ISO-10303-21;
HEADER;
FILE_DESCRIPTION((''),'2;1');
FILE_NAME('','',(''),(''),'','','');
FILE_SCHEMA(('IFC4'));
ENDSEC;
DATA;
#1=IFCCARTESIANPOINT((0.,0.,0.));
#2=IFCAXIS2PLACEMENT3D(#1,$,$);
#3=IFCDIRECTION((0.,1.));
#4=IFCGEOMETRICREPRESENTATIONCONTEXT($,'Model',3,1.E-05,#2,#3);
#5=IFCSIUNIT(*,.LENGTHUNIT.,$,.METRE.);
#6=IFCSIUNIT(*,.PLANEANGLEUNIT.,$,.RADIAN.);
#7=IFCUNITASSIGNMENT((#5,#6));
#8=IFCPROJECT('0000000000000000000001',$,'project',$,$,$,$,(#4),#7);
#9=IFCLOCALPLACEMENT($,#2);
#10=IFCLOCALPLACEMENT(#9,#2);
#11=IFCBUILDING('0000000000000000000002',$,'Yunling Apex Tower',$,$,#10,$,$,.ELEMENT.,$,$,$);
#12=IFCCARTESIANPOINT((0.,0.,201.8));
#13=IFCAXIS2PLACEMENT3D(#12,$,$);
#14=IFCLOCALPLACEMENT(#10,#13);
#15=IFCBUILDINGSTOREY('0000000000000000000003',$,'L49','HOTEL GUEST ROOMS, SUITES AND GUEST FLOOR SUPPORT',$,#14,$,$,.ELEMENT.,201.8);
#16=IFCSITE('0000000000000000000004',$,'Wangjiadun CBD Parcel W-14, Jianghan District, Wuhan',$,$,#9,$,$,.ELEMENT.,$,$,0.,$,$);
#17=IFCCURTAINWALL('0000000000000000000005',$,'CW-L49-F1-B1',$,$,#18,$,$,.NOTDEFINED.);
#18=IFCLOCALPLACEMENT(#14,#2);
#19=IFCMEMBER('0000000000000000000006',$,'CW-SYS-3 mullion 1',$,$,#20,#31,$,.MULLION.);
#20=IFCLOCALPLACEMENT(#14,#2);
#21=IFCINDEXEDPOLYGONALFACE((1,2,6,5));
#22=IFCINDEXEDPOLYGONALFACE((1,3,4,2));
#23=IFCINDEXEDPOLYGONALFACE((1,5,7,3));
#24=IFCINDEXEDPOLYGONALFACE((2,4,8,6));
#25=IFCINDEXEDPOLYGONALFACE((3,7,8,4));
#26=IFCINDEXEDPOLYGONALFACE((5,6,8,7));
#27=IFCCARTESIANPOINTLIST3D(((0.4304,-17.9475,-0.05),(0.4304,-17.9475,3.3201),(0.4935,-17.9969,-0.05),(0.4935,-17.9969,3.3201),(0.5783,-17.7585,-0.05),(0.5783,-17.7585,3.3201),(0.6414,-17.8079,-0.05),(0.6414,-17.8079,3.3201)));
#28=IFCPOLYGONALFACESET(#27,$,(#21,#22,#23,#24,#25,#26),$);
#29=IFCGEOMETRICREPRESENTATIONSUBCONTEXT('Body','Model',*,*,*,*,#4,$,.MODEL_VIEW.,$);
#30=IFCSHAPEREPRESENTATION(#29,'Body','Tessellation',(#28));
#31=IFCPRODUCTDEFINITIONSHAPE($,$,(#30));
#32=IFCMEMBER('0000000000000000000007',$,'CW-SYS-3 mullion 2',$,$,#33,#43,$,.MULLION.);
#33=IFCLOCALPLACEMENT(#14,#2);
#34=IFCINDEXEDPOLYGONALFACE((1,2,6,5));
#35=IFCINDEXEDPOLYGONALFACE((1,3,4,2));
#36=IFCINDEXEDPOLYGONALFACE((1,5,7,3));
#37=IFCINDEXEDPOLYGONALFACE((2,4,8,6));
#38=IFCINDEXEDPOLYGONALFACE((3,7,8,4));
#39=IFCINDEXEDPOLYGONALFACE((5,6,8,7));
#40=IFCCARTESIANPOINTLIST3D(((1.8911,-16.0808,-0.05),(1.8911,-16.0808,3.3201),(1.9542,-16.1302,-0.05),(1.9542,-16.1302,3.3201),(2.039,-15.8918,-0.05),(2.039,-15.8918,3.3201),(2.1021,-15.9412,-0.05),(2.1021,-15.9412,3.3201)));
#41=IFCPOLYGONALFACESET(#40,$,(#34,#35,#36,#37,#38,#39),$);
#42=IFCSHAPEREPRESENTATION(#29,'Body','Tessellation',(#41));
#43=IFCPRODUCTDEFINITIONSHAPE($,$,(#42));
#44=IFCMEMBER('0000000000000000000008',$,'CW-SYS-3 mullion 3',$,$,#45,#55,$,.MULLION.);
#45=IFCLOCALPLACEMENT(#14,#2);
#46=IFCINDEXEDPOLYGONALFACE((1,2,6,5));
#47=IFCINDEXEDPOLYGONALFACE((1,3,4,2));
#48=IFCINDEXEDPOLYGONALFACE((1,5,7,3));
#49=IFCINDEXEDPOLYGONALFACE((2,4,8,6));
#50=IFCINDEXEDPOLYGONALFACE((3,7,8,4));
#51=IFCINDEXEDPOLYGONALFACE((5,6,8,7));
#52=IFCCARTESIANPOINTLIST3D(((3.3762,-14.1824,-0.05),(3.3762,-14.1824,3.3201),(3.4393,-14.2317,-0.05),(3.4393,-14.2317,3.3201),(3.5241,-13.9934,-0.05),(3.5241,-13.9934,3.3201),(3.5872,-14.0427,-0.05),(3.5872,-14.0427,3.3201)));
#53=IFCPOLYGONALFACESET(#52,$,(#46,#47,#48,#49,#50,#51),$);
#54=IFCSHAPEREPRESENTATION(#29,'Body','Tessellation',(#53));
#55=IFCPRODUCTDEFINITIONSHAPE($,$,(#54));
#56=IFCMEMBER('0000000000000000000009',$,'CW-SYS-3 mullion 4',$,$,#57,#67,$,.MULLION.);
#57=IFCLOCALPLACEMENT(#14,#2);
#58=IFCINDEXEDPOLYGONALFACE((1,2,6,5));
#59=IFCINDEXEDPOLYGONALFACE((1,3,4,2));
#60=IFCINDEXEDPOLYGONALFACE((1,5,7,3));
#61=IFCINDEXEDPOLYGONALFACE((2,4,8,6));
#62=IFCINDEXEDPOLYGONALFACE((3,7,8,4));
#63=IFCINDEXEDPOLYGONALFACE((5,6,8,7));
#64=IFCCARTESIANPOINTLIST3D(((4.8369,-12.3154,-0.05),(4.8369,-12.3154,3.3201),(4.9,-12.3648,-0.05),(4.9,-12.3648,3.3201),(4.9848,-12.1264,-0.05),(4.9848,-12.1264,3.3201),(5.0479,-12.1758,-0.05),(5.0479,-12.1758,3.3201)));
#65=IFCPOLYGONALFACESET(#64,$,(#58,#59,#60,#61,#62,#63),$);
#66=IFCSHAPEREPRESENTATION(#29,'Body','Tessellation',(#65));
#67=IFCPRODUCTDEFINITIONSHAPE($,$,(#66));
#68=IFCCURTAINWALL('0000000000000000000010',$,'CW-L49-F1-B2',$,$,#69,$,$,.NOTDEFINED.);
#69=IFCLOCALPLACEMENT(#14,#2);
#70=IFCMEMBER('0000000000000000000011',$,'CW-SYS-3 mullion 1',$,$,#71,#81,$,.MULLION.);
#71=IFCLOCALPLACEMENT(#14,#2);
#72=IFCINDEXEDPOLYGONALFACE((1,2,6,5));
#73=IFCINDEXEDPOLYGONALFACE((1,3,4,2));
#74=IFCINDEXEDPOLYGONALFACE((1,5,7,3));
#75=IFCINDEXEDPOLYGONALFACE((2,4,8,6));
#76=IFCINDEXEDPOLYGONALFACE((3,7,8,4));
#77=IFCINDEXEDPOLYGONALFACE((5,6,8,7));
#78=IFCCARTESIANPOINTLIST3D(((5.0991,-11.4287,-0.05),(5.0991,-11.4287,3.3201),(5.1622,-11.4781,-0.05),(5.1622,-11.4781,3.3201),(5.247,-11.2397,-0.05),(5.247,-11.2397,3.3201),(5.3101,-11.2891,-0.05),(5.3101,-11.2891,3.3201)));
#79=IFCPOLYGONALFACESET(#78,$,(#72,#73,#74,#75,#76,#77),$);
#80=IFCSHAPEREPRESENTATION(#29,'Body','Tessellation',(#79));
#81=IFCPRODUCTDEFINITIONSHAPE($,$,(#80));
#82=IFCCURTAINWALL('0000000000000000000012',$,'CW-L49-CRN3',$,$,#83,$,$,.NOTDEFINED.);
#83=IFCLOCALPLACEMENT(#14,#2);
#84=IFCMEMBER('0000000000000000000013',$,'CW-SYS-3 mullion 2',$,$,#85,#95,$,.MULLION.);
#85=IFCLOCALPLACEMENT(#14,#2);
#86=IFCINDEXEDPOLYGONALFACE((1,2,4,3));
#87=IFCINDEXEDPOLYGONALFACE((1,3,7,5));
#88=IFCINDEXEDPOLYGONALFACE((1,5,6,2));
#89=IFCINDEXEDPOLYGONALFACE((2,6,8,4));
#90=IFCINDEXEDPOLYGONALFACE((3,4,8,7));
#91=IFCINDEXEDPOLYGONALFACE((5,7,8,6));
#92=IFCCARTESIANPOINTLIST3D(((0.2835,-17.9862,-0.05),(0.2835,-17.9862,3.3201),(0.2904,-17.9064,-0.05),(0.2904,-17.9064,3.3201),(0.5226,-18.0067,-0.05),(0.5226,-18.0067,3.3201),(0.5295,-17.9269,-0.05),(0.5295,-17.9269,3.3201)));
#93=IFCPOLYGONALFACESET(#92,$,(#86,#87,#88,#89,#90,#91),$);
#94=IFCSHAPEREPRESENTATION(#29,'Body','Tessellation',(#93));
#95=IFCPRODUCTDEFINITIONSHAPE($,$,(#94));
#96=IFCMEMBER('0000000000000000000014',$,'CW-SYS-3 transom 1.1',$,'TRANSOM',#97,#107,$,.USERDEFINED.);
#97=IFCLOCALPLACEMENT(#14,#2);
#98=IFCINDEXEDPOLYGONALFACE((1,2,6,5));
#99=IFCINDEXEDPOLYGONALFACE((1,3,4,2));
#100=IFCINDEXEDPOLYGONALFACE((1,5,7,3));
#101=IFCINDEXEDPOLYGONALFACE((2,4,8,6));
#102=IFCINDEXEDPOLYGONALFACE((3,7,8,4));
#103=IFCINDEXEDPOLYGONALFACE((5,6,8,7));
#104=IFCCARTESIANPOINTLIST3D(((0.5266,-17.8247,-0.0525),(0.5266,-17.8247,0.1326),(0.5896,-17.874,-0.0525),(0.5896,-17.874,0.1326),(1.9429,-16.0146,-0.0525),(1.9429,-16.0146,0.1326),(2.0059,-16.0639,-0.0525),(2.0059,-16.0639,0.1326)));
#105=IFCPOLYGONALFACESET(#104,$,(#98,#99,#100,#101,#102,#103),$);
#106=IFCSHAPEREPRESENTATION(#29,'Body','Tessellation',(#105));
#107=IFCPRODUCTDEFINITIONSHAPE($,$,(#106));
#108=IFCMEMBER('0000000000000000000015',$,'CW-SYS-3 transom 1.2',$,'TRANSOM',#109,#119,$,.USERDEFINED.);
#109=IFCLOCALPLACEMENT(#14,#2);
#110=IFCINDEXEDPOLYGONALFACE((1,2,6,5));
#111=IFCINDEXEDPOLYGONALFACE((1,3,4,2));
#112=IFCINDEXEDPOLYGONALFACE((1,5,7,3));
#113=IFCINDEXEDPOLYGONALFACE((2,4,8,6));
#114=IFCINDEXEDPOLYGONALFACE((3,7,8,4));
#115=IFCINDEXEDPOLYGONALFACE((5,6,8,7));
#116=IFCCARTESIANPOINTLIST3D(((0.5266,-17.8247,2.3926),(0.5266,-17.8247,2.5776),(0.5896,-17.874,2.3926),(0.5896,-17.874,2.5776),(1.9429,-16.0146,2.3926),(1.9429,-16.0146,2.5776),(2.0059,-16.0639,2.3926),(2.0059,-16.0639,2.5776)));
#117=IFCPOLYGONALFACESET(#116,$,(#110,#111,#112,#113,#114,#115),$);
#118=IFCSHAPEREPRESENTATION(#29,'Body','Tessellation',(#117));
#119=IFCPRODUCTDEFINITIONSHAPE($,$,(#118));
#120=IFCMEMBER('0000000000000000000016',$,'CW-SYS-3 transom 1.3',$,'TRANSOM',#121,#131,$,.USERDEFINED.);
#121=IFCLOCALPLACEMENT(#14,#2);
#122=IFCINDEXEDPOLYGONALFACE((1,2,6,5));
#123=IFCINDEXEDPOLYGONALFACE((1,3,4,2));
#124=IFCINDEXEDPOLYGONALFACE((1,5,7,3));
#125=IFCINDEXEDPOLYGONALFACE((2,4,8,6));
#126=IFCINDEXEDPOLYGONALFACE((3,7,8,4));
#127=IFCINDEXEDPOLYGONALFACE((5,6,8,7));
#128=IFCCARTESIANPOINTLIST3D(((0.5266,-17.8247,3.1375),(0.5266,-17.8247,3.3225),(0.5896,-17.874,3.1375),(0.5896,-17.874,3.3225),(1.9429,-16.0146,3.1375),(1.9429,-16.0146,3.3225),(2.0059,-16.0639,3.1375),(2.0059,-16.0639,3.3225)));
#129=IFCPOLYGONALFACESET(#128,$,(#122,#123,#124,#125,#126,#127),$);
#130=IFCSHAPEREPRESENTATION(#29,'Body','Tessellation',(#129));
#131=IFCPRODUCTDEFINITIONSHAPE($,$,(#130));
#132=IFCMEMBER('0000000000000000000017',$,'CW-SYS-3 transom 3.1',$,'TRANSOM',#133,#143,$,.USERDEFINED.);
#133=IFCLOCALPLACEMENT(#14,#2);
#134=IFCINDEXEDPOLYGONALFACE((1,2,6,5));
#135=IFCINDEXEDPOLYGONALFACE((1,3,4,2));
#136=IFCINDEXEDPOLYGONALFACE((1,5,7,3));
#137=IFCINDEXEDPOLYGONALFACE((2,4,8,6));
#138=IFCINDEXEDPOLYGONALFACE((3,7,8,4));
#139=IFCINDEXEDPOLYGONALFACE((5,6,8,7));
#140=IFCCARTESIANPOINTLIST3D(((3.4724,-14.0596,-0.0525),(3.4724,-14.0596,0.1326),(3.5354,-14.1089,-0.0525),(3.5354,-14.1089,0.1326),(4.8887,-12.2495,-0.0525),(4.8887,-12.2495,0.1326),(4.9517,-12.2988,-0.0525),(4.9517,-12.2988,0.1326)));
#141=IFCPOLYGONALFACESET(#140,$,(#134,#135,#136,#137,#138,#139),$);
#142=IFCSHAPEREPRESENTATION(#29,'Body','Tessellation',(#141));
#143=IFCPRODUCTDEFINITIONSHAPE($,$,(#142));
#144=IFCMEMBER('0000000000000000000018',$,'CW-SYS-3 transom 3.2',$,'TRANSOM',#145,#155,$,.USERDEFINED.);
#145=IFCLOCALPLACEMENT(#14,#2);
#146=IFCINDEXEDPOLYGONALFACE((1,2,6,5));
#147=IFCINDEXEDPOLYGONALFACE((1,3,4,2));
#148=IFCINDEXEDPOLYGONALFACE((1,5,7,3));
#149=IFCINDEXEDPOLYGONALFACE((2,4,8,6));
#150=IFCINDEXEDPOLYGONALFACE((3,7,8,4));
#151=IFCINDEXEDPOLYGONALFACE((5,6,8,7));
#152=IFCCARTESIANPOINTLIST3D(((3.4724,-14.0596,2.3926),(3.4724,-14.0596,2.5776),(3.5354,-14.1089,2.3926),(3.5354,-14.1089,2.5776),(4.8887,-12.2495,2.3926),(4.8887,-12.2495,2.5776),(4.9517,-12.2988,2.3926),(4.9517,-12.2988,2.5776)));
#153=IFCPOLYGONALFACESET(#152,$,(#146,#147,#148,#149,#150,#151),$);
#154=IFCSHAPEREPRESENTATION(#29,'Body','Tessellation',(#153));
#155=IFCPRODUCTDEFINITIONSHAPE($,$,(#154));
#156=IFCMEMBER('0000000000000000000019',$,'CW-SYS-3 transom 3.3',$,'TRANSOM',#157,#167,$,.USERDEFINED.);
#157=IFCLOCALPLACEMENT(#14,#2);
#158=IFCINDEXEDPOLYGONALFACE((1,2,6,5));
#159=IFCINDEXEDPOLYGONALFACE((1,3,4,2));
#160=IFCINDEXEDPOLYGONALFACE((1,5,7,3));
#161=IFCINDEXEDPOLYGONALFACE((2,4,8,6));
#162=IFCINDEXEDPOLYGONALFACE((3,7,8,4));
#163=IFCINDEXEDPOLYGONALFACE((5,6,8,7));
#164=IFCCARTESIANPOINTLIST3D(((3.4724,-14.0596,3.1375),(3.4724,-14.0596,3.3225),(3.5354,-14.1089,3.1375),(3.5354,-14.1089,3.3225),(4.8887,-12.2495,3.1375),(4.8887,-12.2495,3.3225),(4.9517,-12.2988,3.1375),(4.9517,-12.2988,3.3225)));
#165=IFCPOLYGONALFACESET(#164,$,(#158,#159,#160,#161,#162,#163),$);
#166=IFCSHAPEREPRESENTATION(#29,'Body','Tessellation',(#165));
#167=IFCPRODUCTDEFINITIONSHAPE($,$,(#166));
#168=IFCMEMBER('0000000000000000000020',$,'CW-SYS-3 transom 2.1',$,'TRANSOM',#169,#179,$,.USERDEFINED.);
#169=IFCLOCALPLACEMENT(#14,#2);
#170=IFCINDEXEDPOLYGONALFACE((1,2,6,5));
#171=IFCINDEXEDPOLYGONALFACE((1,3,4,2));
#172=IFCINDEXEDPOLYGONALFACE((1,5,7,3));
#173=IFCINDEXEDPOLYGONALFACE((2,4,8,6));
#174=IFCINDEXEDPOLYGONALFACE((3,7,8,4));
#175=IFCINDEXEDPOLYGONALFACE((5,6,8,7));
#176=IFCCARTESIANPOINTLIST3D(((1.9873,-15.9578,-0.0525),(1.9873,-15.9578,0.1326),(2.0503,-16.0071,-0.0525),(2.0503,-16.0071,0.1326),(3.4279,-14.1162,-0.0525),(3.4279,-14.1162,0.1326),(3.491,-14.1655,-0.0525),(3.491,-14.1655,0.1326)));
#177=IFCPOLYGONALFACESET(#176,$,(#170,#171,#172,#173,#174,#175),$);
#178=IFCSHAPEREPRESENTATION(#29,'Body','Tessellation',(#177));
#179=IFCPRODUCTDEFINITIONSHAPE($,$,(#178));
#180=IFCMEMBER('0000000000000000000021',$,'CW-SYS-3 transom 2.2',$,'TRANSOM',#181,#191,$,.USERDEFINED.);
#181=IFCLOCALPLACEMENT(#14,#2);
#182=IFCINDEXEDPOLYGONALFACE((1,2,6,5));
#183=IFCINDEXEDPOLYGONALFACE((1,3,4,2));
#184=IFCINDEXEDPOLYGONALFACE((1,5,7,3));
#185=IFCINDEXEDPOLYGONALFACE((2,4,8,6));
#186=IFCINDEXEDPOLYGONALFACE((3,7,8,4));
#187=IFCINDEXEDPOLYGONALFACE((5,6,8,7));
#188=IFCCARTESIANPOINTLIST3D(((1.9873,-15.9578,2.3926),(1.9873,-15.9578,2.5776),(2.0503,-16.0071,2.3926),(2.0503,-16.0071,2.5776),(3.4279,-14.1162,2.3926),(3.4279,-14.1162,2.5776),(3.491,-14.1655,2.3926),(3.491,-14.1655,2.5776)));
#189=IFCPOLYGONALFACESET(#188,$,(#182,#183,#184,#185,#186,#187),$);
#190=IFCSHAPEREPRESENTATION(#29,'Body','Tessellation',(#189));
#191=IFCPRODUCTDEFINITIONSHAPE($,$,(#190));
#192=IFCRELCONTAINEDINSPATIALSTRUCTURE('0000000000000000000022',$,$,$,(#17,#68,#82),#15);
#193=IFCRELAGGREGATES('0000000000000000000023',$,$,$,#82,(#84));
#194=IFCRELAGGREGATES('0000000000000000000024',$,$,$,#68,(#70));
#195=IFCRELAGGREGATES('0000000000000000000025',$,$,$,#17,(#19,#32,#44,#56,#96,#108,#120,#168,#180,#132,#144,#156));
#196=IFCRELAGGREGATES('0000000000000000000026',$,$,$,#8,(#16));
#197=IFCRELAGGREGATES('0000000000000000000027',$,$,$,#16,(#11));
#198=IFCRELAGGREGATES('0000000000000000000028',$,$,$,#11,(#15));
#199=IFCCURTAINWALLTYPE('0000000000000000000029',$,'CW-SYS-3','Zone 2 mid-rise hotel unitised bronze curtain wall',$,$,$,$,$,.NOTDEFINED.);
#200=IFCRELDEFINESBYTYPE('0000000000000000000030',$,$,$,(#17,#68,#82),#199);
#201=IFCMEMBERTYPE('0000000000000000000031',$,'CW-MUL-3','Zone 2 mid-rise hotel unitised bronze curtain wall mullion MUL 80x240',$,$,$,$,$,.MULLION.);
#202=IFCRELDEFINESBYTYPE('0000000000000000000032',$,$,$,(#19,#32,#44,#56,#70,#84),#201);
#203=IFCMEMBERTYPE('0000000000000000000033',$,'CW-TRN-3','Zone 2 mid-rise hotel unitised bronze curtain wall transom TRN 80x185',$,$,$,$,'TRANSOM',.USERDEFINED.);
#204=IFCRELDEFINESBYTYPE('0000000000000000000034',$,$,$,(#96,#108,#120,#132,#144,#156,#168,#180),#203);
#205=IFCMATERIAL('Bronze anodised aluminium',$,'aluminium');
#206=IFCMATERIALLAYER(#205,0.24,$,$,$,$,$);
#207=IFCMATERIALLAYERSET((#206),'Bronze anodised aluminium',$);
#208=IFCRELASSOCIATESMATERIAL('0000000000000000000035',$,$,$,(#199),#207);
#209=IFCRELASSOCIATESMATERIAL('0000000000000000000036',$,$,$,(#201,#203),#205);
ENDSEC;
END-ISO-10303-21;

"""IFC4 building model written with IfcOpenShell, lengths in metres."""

from ifc_helpers import new_model, si_unit, direction, frame, origin, origin_2d, place, context, subcontext, project, spatial, rectangle, extrude, source, transform, mapped, material, layer, layer_set, material_profile, profile_set, type_object, element, aggregate, save


model = new_model("IFC4")

# Units and contexts
model_context = context("Model", 3, precision=1e-05, world=origin(), true_north=direction((0.0, 1.0)))
body_context = subcontext(model_context, "Body", "Model", "MODEL_VIEW")
ifc_project = project(units=[si_unit("LENGTHUNIT", "METRE"), si_unit("PLANEANGLEUNIT", "RADIAN")], contexts=[model_context])

# Site, building, storey
site_placement = place(None, origin())
site = spatial("IfcSite", under=ifc_project, at=site_placement, Name="Wangjiadun CBD Parcel W-14, Jianghan District, Wuhan", CompositionType="ELEMENT", RefElevation=0.0)
building_placement = place(site_placement, origin())
building = spatial("IfcBuilding", under=site, at=building_placement, Name="Yunling Apex Tower", CompositionType="ELEMENT")
storey_placement = place(building_placement, frame((0.0, 0.0, 201.8)))
storey = spatial("IfcBuildingStorey", under=building, at=storey_placement, Name="L49", Description="HOTEL GUEST ROOMS, SUITES AND GUEST FLOOR SUPPORT", CompositionType="ELEMENT", Elevation=201.8)

# Curtain wall, members
ifc_material_1 = material(Name="Bronze anodised aluminium", Category="aluminium")
ifc_layer_1 = layer(ifc_material_1, 0.24)
ifc_layer_set_1 = layer_set([ifc_layer_1], Name="Bronze anodised aluminium")
curtain_wall_type = type_object("IfcCurtainWallType", Name="CW-SYS-3", Description="Zone 2 mid-rise hotel unitised bronze curtain wall", PredefinedType="NOTDEFINED", material=ifc_layer_set_1)
curtain_wall_1_placement = place(storey_placement, origin())
curtain_wall_1 = element("IfcCurtainWall", 1, at=curtain_wall_1_placement, inside=storey, type_object=curtain_wall_type, Name="CW-L49-F1-B1", PredefinedType="NOTDEFINED")
ifc_material_profile_1 = material_profile(ifc_material_1, rectangle(XDim=0.0801, YDim=0.24, at=origin_2d()))
ifc_profile_set_1 = profile_set([ifc_material_profile_1], Name="Bronze anodised aluminium")
member_type_1 = type_object("IfcMemberType", Name="CW-MUL-3", Description="Zone 2 mid-rise hotel unitised bronze curtain wall mullion MUL 80x240", PredefinedType="MULLION", material=ifc_profile_set_1)
shared_shape_1 = source(origin(), body_context, "Body", "SweptSolid", [
    extrude(rectangle(XDim=0.0801, YDim=0.24, at=origin_2d()), origin(), (0.0, 0.0, 1.0), 3.3701),
])
member_1_placement = place(storey_placement, frame((0.5359, -17.8777, -0.05), z_axis=(0.0, 0.0, 1.0), x_axis=(-0.787589, 0.6162, 0.0)))
member_1 = element("IfcMember", 2, at=member_1_placement, type_object=member_type_1, Name="CW-SYS-3 mullion 1", PredefinedType="MULLION", context=body_context, shape_type="MappedRepresentation", body=[
    mapped(shared_shape_1, transform((0.0, 0.0, 0.0), scale=1.0)),
])
member_2_placement = place(storey_placement, frame((1.9966, -16.011, -0.05), z_axis=(0.0, 0.0, 1.0), x_axis=(-0.787589, 0.6162, 0.0)))
member_2 = element("IfcMember", 3, at=member_2_placement, type_object=member_type_1, Name="CW-SYS-3 mullion 2", PredefinedType="MULLION", context=body_context, shape_type="MappedRepresentation", body=[
    mapped(shared_shape_1, transform((0.0, 0.0, 0.0), scale=1.0)),
])
member_3_placement = place(storey_placement, frame((3.4817, -14.1125, -0.05), z_axis=(0.0, 0.0, 1.0), x_axis=(-0.787589, 0.6162, 0.0)))
member_3 = element("IfcMember", 4, at=member_3_placement, type_object=member_type_1, Name="CW-SYS-3 mullion 3", PredefinedType="MULLION", context=body_context, shape_type="MappedRepresentation", body=[
    mapped(shared_shape_1, transform((0.0, 0.0, 0.0), scale=1.0)),
])
member_4_placement = place(storey_placement, frame((4.9424, -12.2456, -0.05), z_axis=(0.0, 0.0, 1.0), x_axis=(-0.787589, 0.6162, 0.0)))
member_4 = element("IfcMember", 5, at=member_4_placement, type_object=member_type_1, Name="CW-SYS-3 mullion 4", PredefinedType="MULLION", context=body_context, shape_type="MappedRepresentation", body=[
    mapped(shared_shape_1, transform((0.0, 0.0, 0.0), scale=1.0)),
])

# Curtain walls, members
curtain_wall_2_placement = place(storey_placement, origin())
curtain_wall_2 = element("IfcCurtainWall", 6, at=curtain_wall_2_placement, inside=storey, type_object=curtain_wall_type, Name="CW-L49-F1-B2", PredefinedType="NOTDEFINED")
member_5_placement = place(storey_placement, frame((5.2046, -11.3589, -0.05), z_axis=(0.0, 0.0, 1.0), x_axis=(-0.787576, 0.616217, 0.0)))
member_5 = element("IfcMember", 7, at=member_5_placement, type_object=member_type_1, Name="CW-SYS-3 mullion 1", PredefinedType="MULLION", context=body_context, shape_type="MappedRepresentation", body=[
    mapped(shared_shape_1, transform((0.0, 0.0, 0.0), scale=1.0)),
])
curtain_wall_3_placement = place(storey_placement, origin())
curtain_wall_3 = element("IfcCurtainWall", 8, at=curtain_wall_3_placement, inside=storey, type_object=curtain_wall_type, Name="CW-L49-CRN3", PredefinedType="NOTDEFINED")
member_6_placement = place(storey_placement, frame((0.4065, -17.9565, -0.05), z_axis=(0.0, 0.0, 1.0), x_axis=(0.085517, 0.996337, 0.0)))
member_6 = element("IfcMember", 9, at=member_6_placement, type_object=member_type_1, Name="CW-SYS-3 mullion 2", PredefinedType="MULLION", context=body_context, shape_type="MappedRepresentation", body=[
    mapped(shared_shape_1, transform((0.0, 0.0, 0.0), scale=1.0)),
])
aggregate(curtain_wall_3, [member_6])

# Members
ifc_material_profile_2 = material_profile(ifc_material_1, rectangle(XDim=0.0801, YDim=0.1851, at=origin_2d()))
ifc_profile_set_2 = profile_set([ifc_material_profile_2], Name="Bronze anodised aluminium")
member_type_2 = type_object("IfcMemberType", Name="CW-TRN-3", Description="Zone 2 mid-rise hotel unitised bronze curtain wall transom TRN 80x185", ElementType="TRANSOM", PredefinedType="USERDEFINED", material=ifc_profile_set_2)
shared_shape_2 = source(origin(), body_context, "Body", "SweptSolid", [
    extrude(rectangle(XDim=0.0801, YDim=0.1851, at=origin_2d()), origin(), (0.0, 0.0, 1.0), 2.2983),
])
member_7_placement = place(storey_placement, frame((0.5581, -17.8494, 0.04), z_axis=(0.616225, 0.78757, 0.0), x_axis=(-0.78757, 0.616225, 0.0)))
member_7 = element("IfcMember", 10, at=member_7_placement, type_object=member_type_2, Name="CW-SYS-3 transom 1.1", ObjectType="TRANSOM", PredefinedType="USERDEFINED", context=body_context, shape_type="MappedRepresentation", body=[
    mapped(shared_shape_2, transform((0.0, 0.0, 0.0), scale=1.0)),
])
member_8_placement = place(storey_placement, frame((0.5581, -17.8494, 2.4851), z_axis=(0.616225, 0.78757, 0.0), x_axis=(-0.78757, 0.616225, 0.0)))
member_8 = element("IfcMember", 11, at=member_8_placement, type_object=member_type_2, Name="CW-SYS-3 transom 1.2", ObjectType="TRANSOM", PredefinedType="USERDEFINED", context=body_context, shape_type="MappedRepresentation", body=[
    mapped(shared_shape_2, transform((0.0, 0.0, 0.0), scale=1.0)),
])
member_9_placement = place(storey_placement, frame((0.5581, -17.8494, 3.23), z_axis=(0.616225, 0.78757, 0.0), x_axis=(-0.78757, 0.616225, 0.0)))
member_9 = element("IfcMember", 12, at=member_9_placement, type_object=member_type_2, Name="CW-SYS-3 transom 1.3", ObjectType="TRANSOM", PredefinedType="USERDEFINED", context=body_context, shape_type="MappedRepresentation", body=[
    mapped(shared_shape_2, transform((0.0, 0.0, 0.0), scale=1.0)),
])
member_10_placement = place(storey_placement, frame((3.5039, -14.0842, 0.04), z_axis=(0.616225, 0.78757, 0.0), x_axis=(-0.78757, 0.616225, 0.0)))
member_10 = element("IfcMember", 13, at=member_10_placement, type_object=member_type_2, Name="CW-SYS-3 transom 3.1", ObjectType="TRANSOM", PredefinedType="USERDEFINED", context=body_context, shape_type="MappedRepresentation", body=[
    mapped(shared_shape_2, transform((0.0, 0.0, 0.0), scale=1.0)),
])
member_11_placement = place(storey_placement, frame((3.5039, -14.0842, 2.4851), z_axis=(0.616225, 0.78757, 0.0), x_axis=(-0.78757, 0.616225, 0.0)))
member_11 = element("IfcMember", 14, at=member_11_placement, type_object=member_type_2, Name="CW-SYS-3 transom 3.2", ObjectType="TRANSOM", PredefinedType="USERDEFINED", context=body_context, shape_type="MappedRepresentation", body=[
    mapped(shared_shape_2, transform((0.0, 0.0, 0.0), scale=1.0)),
])
member_12_placement = place(storey_placement, frame((3.5039, -14.0842, 3.23), z_axis=(0.616225, 0.78757, 0.0), x_axis=(-0.78757, 0.616225, 0.0)))
member_12 = element("IfcMember", 15, at=member_12_placement, type_object=member_type_2, Name="CW-SYS-3 transom 3.3", ObjectType="TRANSOM", PredefinedType="USERDEFINED", context=body_context, shape_type="MappedRepresentation", body=[
    mapped(shared_shape_2, transform((0.0, 0.0, 0.0), scale=1.0)),
])
shared_shape_3 = source(origin(), body_context, "Body", "SweptSolid", [
    extrude(rectangle(XDim=0.0801, YDim=0.1851, at=origin_2d()), origin(), (0.0, 0.0, 1.0), 2.3381),
])
member_13_placement = place(storey_placement, frame((2.0188, -15.9824, 0.04), z_axis=(0.616165, 0.787617, 0.0), x_axis=(-0.787617, 0.616165, 0.0)))
member_13 = element("IfcMember", 16, at=member_13_placement, type_object=member_type_2, Name="CW-SYS-3 transom 2.1", ObjectType="TRANSOM", PredefinedType="USERDEFINED", context=body_context, shape_type="MappedRepresentation", body=[
    mapped(shared_shape_3, transform((0.0, 0.0, 0.0), scale=1.0)),
])
member_14_placement = place(storey_placement, frame((2.0188, -15.9824, 2.4851), z_axis=(0.616165, 0.787617, 0.0), x_axis=(-0.787617, 0.616165, 0.0)))
member_14 = element("IfcMember", 17, at=member_14_placement, type_object=member_type_2, Name="CW-SYS-3 transom 2.2", ObjectType="TRANSOM", PredefinedType="USERDEFINED", context=body_context, shape_type="MappedRepresentation", body=[
    mapped(shared_shape_3, transform((0.0, 0.0, 0.0), scale=1.0)),
])
aggregate(curtain_wall_2, [member_5])

aggregate(curtain_wall_1, [member_1, member_2, member_3, member_4, member_7, member_8, member_9, member_13, member_14, member_10, member_11, member_12])

save(model, "model.ifc")
